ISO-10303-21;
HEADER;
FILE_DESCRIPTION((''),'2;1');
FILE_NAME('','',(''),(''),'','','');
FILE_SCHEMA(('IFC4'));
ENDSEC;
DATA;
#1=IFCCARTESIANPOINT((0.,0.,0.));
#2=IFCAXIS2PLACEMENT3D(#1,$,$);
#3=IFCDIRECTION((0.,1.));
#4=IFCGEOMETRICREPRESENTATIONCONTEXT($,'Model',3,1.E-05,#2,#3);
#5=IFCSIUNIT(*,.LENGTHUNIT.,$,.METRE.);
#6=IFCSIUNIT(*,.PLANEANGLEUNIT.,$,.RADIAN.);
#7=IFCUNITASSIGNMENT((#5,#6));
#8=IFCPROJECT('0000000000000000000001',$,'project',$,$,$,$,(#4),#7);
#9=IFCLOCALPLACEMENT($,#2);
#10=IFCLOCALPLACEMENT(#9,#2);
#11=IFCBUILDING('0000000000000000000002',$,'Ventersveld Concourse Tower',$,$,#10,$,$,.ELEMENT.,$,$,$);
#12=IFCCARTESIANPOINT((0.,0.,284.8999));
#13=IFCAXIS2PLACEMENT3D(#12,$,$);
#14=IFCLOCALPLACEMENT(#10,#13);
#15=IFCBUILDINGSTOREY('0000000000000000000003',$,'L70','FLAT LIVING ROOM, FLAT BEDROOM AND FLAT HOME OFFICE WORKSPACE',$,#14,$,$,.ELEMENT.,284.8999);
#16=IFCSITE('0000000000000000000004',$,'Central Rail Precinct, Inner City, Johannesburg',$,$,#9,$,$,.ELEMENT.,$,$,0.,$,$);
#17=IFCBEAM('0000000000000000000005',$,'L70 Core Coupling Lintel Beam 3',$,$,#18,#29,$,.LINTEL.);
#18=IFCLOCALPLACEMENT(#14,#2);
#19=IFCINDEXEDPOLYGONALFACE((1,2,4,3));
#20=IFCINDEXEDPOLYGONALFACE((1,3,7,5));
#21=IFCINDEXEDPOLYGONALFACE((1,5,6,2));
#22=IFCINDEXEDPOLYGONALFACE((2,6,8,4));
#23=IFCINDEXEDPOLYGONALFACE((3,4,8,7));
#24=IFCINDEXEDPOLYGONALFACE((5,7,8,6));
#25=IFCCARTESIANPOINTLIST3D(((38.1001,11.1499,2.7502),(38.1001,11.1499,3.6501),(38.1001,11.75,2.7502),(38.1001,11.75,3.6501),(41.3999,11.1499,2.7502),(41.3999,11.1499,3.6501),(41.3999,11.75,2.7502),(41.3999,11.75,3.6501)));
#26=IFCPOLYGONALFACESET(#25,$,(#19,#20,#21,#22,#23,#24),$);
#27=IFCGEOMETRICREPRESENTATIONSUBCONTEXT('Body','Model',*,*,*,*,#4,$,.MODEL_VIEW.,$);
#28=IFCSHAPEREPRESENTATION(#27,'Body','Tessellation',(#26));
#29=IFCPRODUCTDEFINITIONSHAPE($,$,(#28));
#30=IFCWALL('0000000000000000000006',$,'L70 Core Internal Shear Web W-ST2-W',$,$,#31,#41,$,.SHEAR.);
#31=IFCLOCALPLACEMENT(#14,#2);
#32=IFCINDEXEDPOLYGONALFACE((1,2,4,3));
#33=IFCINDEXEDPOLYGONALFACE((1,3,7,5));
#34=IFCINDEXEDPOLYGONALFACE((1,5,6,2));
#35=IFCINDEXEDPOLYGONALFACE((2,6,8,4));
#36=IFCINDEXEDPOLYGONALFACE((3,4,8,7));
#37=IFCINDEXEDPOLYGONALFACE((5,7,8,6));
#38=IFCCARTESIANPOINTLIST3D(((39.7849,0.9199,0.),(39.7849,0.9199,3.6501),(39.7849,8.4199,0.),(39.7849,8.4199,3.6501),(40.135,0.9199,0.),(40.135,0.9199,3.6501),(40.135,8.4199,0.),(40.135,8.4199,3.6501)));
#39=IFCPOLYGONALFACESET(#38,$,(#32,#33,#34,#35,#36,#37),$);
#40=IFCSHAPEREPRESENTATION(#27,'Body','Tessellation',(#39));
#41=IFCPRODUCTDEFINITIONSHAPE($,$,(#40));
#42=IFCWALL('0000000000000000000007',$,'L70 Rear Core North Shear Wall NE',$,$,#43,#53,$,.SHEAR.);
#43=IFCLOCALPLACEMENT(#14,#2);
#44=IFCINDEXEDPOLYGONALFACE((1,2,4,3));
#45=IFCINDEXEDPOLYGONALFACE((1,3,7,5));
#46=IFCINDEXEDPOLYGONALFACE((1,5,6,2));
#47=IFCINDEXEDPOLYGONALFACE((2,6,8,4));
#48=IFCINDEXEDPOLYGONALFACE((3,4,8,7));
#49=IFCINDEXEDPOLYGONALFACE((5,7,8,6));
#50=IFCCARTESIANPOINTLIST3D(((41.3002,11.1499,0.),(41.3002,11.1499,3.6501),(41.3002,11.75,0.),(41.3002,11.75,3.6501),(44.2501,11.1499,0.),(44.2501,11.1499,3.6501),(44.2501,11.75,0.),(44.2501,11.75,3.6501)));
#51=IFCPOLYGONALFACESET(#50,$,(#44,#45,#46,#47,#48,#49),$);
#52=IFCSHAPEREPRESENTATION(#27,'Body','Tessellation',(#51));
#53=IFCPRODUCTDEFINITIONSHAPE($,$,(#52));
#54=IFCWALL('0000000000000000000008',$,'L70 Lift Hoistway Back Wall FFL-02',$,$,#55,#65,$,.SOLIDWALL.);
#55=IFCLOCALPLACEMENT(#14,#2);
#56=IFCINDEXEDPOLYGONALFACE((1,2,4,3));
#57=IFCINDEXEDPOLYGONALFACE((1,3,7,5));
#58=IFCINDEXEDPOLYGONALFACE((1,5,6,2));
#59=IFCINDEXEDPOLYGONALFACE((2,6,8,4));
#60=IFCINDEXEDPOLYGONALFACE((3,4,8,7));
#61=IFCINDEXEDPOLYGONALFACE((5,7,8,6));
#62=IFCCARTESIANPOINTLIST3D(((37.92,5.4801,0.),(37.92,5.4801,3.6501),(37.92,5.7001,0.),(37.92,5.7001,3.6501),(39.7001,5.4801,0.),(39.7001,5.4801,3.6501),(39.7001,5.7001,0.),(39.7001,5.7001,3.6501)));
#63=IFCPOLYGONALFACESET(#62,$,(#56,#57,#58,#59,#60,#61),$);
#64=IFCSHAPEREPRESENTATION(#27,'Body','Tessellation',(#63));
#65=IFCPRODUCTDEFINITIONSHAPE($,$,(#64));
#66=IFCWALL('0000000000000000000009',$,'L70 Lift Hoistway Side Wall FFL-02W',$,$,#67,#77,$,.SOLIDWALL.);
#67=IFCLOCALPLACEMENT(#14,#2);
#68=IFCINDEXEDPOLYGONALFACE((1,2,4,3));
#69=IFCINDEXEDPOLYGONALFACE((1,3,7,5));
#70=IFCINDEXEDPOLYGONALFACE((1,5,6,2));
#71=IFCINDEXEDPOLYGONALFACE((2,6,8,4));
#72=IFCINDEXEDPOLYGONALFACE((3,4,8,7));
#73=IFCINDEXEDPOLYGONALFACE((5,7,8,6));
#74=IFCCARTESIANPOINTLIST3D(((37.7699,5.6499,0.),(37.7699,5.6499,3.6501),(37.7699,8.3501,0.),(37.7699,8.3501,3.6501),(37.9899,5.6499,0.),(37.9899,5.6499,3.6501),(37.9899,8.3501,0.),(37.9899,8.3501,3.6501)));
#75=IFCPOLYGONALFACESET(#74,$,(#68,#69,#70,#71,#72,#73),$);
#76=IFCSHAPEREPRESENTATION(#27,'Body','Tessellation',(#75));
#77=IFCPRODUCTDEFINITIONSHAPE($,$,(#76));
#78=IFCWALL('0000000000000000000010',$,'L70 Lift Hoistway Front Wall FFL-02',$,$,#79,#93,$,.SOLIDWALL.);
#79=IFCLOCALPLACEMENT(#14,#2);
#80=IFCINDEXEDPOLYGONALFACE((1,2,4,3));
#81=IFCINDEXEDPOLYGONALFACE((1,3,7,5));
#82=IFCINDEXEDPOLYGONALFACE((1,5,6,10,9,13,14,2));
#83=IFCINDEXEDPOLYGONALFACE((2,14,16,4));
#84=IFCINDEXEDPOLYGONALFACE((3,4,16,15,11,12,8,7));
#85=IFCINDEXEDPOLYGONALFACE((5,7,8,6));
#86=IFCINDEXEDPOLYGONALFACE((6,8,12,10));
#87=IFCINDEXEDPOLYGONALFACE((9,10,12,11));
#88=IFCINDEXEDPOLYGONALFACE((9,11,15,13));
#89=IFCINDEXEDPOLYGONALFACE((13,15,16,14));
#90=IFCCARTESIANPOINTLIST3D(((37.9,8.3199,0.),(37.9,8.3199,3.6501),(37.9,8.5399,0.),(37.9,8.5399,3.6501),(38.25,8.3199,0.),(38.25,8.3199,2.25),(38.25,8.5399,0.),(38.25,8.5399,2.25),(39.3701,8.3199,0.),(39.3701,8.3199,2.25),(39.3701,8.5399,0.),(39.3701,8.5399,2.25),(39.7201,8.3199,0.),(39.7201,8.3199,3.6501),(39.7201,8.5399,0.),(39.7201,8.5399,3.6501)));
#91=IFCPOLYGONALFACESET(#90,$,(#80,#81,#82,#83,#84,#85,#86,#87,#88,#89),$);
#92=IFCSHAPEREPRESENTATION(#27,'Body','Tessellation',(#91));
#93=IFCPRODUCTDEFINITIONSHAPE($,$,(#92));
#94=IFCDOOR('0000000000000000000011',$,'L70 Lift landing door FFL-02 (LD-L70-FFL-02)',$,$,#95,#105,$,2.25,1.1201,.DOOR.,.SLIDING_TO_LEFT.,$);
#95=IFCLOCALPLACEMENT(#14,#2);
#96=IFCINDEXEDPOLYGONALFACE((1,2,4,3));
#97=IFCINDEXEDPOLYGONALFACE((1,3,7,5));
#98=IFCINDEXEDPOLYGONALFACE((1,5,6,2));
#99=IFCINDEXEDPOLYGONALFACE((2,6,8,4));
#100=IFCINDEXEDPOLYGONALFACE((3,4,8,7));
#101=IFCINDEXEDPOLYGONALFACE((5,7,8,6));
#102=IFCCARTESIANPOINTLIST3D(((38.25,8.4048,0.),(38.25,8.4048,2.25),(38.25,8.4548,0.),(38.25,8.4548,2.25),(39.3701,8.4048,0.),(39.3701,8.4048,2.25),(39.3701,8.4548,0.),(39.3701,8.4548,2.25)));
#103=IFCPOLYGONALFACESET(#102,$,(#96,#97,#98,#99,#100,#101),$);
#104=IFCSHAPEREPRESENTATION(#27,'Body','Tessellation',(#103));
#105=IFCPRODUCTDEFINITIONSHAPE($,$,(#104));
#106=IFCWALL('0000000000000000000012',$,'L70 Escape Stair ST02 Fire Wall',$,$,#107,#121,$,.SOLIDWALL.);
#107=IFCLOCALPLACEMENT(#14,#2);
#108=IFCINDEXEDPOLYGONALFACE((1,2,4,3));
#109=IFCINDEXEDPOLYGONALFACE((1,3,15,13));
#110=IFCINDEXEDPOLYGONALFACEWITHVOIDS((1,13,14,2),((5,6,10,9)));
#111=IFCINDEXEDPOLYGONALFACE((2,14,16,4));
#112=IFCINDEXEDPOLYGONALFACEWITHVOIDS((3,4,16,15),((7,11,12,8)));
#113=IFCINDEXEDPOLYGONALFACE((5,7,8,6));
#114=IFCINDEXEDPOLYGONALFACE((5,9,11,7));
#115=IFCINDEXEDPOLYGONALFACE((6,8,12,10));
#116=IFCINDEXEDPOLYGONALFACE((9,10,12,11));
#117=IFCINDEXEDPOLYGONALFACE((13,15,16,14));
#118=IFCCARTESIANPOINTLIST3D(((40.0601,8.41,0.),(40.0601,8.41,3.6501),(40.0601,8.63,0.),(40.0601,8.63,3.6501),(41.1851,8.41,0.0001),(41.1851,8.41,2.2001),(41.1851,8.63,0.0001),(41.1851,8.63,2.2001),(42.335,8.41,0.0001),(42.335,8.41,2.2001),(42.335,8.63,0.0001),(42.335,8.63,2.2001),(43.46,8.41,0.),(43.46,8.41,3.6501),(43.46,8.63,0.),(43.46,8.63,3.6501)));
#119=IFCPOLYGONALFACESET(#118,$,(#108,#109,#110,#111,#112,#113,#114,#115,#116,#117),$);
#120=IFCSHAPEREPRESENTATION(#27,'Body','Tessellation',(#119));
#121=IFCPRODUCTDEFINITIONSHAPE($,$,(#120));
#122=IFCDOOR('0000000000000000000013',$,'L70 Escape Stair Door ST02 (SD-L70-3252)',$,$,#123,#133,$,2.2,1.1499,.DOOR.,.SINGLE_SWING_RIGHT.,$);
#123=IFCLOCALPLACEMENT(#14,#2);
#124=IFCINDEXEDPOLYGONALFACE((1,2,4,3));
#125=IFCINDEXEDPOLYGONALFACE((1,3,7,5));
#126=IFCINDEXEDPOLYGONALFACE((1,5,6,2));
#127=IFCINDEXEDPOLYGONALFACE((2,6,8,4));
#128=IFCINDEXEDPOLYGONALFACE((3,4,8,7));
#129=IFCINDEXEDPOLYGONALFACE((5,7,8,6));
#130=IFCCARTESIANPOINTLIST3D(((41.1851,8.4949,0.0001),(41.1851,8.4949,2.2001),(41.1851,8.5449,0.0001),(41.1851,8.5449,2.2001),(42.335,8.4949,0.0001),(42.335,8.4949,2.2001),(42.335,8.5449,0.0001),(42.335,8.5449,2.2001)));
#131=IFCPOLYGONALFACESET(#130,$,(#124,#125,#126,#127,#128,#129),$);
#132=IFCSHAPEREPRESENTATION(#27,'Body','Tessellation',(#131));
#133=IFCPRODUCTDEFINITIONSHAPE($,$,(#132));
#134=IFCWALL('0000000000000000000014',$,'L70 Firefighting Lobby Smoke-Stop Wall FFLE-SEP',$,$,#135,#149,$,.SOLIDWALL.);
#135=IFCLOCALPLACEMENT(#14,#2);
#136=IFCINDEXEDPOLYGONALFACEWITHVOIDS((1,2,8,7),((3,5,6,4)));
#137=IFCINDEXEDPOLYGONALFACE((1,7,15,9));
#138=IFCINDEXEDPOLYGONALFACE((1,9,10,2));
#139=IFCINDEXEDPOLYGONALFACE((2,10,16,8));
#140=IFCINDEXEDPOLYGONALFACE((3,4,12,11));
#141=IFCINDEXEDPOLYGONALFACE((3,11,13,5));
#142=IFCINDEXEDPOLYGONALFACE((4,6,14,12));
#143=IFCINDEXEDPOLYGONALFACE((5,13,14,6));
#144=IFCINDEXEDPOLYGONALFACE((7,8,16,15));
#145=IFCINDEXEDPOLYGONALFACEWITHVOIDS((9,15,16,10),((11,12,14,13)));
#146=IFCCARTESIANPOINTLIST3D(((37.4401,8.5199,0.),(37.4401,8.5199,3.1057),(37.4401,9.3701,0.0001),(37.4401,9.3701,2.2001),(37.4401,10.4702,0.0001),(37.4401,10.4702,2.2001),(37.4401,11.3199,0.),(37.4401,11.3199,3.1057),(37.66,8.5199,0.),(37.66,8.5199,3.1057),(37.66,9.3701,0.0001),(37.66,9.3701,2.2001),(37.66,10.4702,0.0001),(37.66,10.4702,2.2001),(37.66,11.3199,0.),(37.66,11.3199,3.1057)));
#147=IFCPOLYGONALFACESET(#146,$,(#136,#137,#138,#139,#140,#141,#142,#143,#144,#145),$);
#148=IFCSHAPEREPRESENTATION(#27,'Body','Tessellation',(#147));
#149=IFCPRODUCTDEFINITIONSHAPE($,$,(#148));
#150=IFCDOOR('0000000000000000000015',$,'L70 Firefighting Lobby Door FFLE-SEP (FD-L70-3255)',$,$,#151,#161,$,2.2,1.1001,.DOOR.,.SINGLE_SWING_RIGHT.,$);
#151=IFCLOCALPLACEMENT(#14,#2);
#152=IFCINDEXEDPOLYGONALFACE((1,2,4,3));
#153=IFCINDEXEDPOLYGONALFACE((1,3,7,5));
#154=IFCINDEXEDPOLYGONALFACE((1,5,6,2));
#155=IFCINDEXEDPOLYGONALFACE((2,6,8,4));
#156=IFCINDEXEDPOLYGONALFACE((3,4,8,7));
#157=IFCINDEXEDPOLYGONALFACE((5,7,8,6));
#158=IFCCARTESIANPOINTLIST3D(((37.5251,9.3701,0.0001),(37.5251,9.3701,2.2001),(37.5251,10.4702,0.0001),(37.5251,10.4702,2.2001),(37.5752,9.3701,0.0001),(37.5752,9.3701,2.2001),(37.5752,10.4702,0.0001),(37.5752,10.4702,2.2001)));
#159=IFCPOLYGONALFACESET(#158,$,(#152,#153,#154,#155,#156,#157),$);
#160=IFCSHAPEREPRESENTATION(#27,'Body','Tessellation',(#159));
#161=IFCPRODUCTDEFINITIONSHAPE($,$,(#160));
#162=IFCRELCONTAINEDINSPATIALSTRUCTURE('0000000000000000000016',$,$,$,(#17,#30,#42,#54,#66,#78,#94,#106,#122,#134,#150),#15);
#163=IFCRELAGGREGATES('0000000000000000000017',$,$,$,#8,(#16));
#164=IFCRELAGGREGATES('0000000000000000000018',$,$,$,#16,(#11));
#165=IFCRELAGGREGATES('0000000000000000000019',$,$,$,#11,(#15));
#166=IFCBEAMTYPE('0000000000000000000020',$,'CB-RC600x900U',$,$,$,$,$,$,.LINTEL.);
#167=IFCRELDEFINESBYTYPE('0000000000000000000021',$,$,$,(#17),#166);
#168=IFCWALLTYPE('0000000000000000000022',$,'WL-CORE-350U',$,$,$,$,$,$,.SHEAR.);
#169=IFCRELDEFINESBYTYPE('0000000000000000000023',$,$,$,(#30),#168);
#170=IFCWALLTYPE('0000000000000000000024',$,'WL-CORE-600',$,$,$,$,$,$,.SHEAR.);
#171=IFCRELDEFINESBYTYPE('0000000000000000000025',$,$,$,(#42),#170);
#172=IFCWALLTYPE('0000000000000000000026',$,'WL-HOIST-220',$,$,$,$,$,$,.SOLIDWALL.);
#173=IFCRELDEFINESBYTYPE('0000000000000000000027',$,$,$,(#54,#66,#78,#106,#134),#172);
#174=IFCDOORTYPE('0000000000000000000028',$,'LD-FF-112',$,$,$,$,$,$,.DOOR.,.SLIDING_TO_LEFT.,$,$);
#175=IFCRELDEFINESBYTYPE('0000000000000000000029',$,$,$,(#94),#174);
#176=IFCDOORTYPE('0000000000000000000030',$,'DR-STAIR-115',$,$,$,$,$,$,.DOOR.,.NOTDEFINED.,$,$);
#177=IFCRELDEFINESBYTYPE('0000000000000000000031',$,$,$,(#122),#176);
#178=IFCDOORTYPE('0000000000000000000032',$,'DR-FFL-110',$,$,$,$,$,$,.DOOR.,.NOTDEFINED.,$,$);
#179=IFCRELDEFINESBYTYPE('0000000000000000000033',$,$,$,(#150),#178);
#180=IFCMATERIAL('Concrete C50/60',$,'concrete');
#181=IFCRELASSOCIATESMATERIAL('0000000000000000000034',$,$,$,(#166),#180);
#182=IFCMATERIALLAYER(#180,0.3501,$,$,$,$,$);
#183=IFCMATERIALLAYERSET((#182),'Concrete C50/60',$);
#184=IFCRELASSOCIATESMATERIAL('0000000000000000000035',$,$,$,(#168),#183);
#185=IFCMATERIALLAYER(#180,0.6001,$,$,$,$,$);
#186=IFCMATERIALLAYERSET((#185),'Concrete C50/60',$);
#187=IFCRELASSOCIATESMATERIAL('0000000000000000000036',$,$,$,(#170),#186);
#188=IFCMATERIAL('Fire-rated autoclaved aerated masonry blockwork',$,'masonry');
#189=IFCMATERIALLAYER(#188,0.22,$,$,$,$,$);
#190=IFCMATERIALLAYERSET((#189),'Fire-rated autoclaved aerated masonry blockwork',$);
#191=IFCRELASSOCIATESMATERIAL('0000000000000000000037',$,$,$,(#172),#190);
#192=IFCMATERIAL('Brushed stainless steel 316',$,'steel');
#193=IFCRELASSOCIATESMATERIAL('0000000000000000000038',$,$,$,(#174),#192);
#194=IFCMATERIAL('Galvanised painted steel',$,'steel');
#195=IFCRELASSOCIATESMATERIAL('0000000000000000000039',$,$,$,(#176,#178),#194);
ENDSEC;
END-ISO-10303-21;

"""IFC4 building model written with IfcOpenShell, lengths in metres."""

from ifc_helpers import new_model, si_unit, direction, frame, frame_2d, origin, origin_2d, place, context, subcontext, project, spatial, rectangle, extrude, material, layer, layer_set, material_profile, profile_set, type_object, element, fill, save


model = new_model("IFC4")

# Units and contexts
model_context = context("Model", 3, precision=1e-05, world=origin(), true_north=direction((0.0, 1.0)))
body_context = subcontext(model_context, "Body", "Model", "MODEL_VIEW")
ifc_project = project(units=[si_unit("LENGTHUNIT", "METRE"), si_unit("PLANEANGLEUNIT", "RADIAN")], contexts=[model_context])

# Site, building, storey
site_placement = place(None, origin())
site = spatial("IfcSite", under=ifc_project, at=site_placement, Name="Central Rail Precinct, Inner City, Johannesburg", CompositionType="ELEMENT", RefElevation=0.0)
building_placement = place(site_placement, origin())
building = spatial("IfcBuilding", under=site, at=building_placement, Name="Ventersveld Concourse Tower", CompositionType="ELEMENT")
storey_placement = place(building_placement, frame((0.0, 0.0, 284.8999)))
storey = spatial("IfcBuildingStorey", under=building, at=storey_placement, Name="L70", Description="FLAT LIVING ROOM, FLAT BEDROOM AND FLAT HOME OFFICE WORKSPACE", CompositionType="ELEMENT", Elevation=284.8999)

# Beam
ifc_material_1 = material(Name="Concrete C50/60", Category="concrete")
ifc_material_profile = material_profile(ifc_material_1, rectangle(XDim=0.6001, YDim=0.8999, at=origin_2d()), Name="RC 600x900")
ifc_profile_set = profile_set([ifc_material_profile], Name="Concrete C50/60")
beam_type = type_object("IfcBeamType", Name="CB-RC600x900U", PredefinedType="LINTEL", material=ifc_profile_set)
beam_placement = place(storey_placement, frame((38.1001, 11.45, 3.2002), z_axis=(1.0, 0.0, 0.0), x_axis=(0.0, 1.0, 0.0)))
element("IfcBeam", 1, at=beam_placement, inside=storey, type_object=beam_type, Name="L70 Core Coupling Lintel Beam 3", PredefinedType="LINTEL", context=body_context, shape_type="SweptSolid", body=[
    extrude(rectangle(XDim=0.6001, YDim=0.8999, at=origin_2d()), origin(), (0.0, 0.0, 1.0), 3.2998),
])

# Walls
ifc_layer_1 = layer(ifc_material_1, 0.3501)
ifc_layer_set_1 = layer_set([ifc_layer_1], Name="Concrete C50/60")
wall_type_1 = type_object("IfcWallType", Name="WL-CORE-350U", PredefinedType="SHEAR", material=ifc_layer_set_1)
wall_1_placement = place(storey_placement, frame((39.96, 0.9199, 0.0), z_axis=(0.0, 0.0, 1.0), x_axis=(0.0, 1.0, 0.0)))
element("IfcWall", 2, at=wall_1_placement, inside=storey, type_object=wall_type_1, Name="L70 Core Internal Shear Web W-ST2-W", PredefinedType="SHEAR", context=body_context, shape_type="SweptSolid", body=[
    extrude(rectangle(XDim=7.5, YDim=0.3501, at=frame_2d((3.75, 0.0))), origin(), (0.0, 0.0, 1.0), 3.6501),
])
ifc_layer_2 = layer(ifc_material_1, 0.6001)
ifc_layer_set_2 = layer_set([ifc_layer_2], Name="Concrete C50/60")
wall_type_2 = type_object("IfcWallType", Name="WL-CORE-600", PredefinedType="SHEAR", material=ifc_layer_set_2)
wall_2_placement = place(storey_placement, frame((41.3, 11.45, 0.0), z_axis=(0.0, 0.0, 1.0), x_axis=(1.0, 0.0, 0.0)))
element("IfcWall", 3, at=wall_2_placement, inside=storey, type_object=wall_type_2, Name="L70 Rear Core North Shear Wall NE", PredefinedType="SHEAR", context=body_context, shape_type="SweptSolid", body=[
    extrude(rectangle(XDim=2.95, YDim=0.6001, at=frame_2d((1.4751, 0.0))), origin(), (0.0, 0.0, 1.0), 3.6501),
])
ifc_material_2 = material(Name="Fire-rated autoclaved aerated masonry blockwork", Category="masonry")
ifc_layer_3 = layer(ifc_material_2, 0.22)
ifc_layer_set_3 = layer_set([ifc_layer_3], Name="Fire-rated autoclaved aerated masonry blockwork")
wall_type_3 = type_object("IfcWallType", Name="WL-HOIST-220", PredefinedType="SOLIDWALL", material=ifc_layer_set_3)
wall_3_placement = place(storey_placement, frame((37.9199, 5.5901, 0.0), z_axis=(0.0, 0.0, 1.0), x_axis=(1.0, 0.0, 0.0)))
element("IfcWall", 4, at=wall_3_placement, inside=storey, type_object=wall_type_3, Name="L70 Lift Hoistway Back Wall FFL-02", PredefinedType="SOLIDWALL", context=body_context, shape_type="SweptSolid", body=[
    extrude(rectangle(XDim=1.78, YDim=0.22, at=frame_2d((0.8901, 0.0))), origin(), (0.0, 0.0, 1.0), 3.6501),
])
wall_4_placement = place(storey_placement, frame((37.8799, 5.6499, 0.0), z_axis=(0.0, 0.0, 1.0), x_axis=(0.0, 1.0, 0.0)))
element("IfcWall", 5, at=wall_4_placement, inside=storey, type_object=wall_type_3, Name="L70 Lift Hoistway Side Wall FFL-02W", PredefinedType="SOLIDWALL", context=body_context, shape_type="SweptSolid", body=[
    extrude(rectangle(XDim=2.7002, YDim=0.22, at=frame_2d((1.3501, 0.0))), origin(), (0.0, 0.0, 1.0), 3.6501),
])

# Walls, openings, doors
wall_5_placement = place(storey_placement, frame((37.8999, 8.4299, 0.0), z_axis=(0.0, 0.0, 1.0), x_axis=(1.0, 0.0, 0.0)))
wall_5 = element("IfcWall", 6, at=wall_5_placement, inside=storey, type_object=wall_type_3, Name="L70 Lift Hoistway Front Wall FFL-02", PredefinedType="SOLIDWALL", context=body_context, shape_type="SweptSolid", body=[
    extrude(rectangle(XDim=1.8201, YDim=0.22, at=frame_2d((0.9102, 0.0))), origin(), (0.0, 0.0, 1.0), 3.6501),
])
opening_1_placement = place(wall_5_placement, frame((0.3501, 0.0, 0.0)))
opening_1 = element("IfcOpeningElement", 7, at=opening_1_placement, cuts=wall_5, PredefinedType="OPENING", context=body_context, shape_type="SweptSolid", body=[
    extrude(rectangle(XDim=1.1201, YDim=2.25, at=frame_2d((0.5601, 1.125))), frame((0.0, 0.1201, 0.0), z_axis=(0.0, -1.0, 0.0), x_axis=(1.0, 0.0, 0.0)), (0.0, 0.0, 1.0), 0.24),
])
ifc_material_3 = material(Name="Brushed stainless steel 316", Category="steel")
door_type_1 = type_object("IfcDoorType", Name="LD-FF-112", OperationType="SLIDING_TO_LEFT", PredefinedType="DOOR", material=ifc_material_3)
door_1_placement = place(opening_1_placement, origin())
door_1 = element("IfcDoor", 8, at=door_1_placement, inside=storey, type_object=door_type_1, Name="L70 Lift landing door FFL-02 (LD-L70-FFL-02)", OperationType="SLIDING_TO_LEFT", OverallHeight=2.25, OverallWidth=1.1201, PredefinedType="DOOR", context=body_context, shape_type="SweptSolid", body=[
    extrude(rectangle(XDim=1.1201, YDim=2.25, at=frame_2d((0.5601, 1.125))), frame((0.0, 0.0249, 0.0), z_axis=(0.0, -1.0, 0.0), x_axis=(1.0, 0.0, 0.0)), (0.0, 0.0, 1.0), 0.05),
])
fill(opening_1, door_1)
wall_6_placement = place(storey_placement, frame((40.0601, 8.52, 0.0), z_axis=(0.0, 0.0, 1.0), x_axis=(1.0, 0.0, 0.0)))
wall_6 = element("IfcWall", 9, at=wall_6_placement, inside=storey, type_object=wall_type_3, Name="L70 Escape Stair ST02 Fire Wall", PredefinedType="SOLIDWALL", context=body_context, shape_type="SweptSolid", body=[
    extrude(rectangle(XDim=3.3999, YDim=0.22, at=frame_2d((1.7, 0.0))), origin(), (0.0, 0.0, 1.0), 3.6501),
])
opening_2_placement = place(wall_6_placement, frame((1.125, 0.0, 0.0)))
opening_2 = element("IfcOpeningElement", 10, at=opening_2_placement, cuts=wall_6, PredefinedType="OPENING", context=body_context, shape_type="SweptSolid", body=[
    extrude(rectangle(XDim=1.1499, YDim=2.2, at=frame_2d((0.575, 1.1001))), frame((0.0, 0.1201, 0.0), z_axis=(0.0, -1.0, 0.0), x_axis=(1.0, 0.0, 0.0)), (0.0, 0.0, 1.0), 0.24),
])
ifc_material_4 = material(Name="Galvanised painted steel", Category="steel")
door_type_2 = type_object("IfcDoorType", Name="DR-STAIR-115", OperationType="NOTDEFINED", PredefinedType="DOOR", material=ifc_material_4)
door_2_placement = place(opening_2_placement, origin())
door_2 = element("IfcDoor", 11, at=door_2_placement, inside=storey, type_object=door_type_2, Name="L70 Escape Stair Door ST02 (SD-L70-3252)", OperationType="SINGLE_SWING_RIGHT", OverallHeight=2.2, OverallWidth=1.1499, PredefinedType="DOOR", context=body_context, shape_type="SweptSolid", body=[
    extrude(rectangle(XDim=1.1499, YDim=2.2, at=frame_2d((0.575, 1.1001))), frame((0.0, 0.0249, 0.0), z_axis=(0.0, -1.0, 0.0), x_axis=(1.0, 0.0, 0.0)), (0.0, 0.0, 1.0), 0.05),
])
fill(opening_2, door_2)
wall_7_placement = place(storey_placement, frame((37.55, 8.52, 0.0), z_axis=(0.0, 0.0, 1.0), x_axis=(0.0, 1.0, 0.0)))
wall_7 = element("IfcWall", 12, at=wall_7_placement, inside=storey, type_object=wall_type_3, Name="L70 Firefighting Lobby Smoke-Stop Wall FFLE-SEP", PredefinedType="SOLIDWALL", context=body_context, shape_type="SweptSolid", body=[
    extrude(rectangle(XDim=2.8, YDim=0.22, at=frame_2d((1.3999, 0.0))), origin(), (0.0, 0.0, 1.0), 3.1057),
])
opening_3_placement = place(wall_7_placement, frame((0.8501, 0.0, 0.0)))
opening_3 = element("IfcOpeningElement", 13, at=opening_3_placement, cuts=wall_7, PredefinedType="OPENING", context=body_context, shape_type="SweptSolid", body=[
    extrude(rectangle(XDim=1.1001, YDim=2.2, at=frame_2d((0.55, 1.1001))), frame((0.0, 0.1201, 0.0), z_axis=(0.0, -1.0, 0.0), x_axis=(1.0, 0.0, 0.0)), (0.0, 0.0, 1.0), 0.24),
])
door_type_3 = type_object("IfcDoorType", Name="DR-FFL-110", OperationType="NOTDEFINED", PredefinedType="DOOR", material=ifc_material_4)
door_3_placement = place(opening_3_placement, origin())
door_3 = element("IfcDoor", 14, at=door_3_placement, inside=storey, type_object=door_type_3, Name="L70 Firefighting Lobby Door FFLE-SEP (FD-L70-3255)", OperationType="SINGLE_SWING_RIGHT", OverallHeight=2.2, OverallWidth=1.1001, PredefinedType="DOOR", context=body_context, shape_type="SweptSolid", body=[
    extrude(rectangle(XDim=1.1001, YDim=2.2, at=frame_2d((0.55, 1.1001))), frame((0.0, 0.0249, 0.0), z_axis=(0.0, -1.0, 0.0), x_axis=(1.0, 0.0, 0.0)), (0.0, 0.0, 1.0), 0.05),
])
fill(opening_3, door_3)

save(model, "model.ifc")
